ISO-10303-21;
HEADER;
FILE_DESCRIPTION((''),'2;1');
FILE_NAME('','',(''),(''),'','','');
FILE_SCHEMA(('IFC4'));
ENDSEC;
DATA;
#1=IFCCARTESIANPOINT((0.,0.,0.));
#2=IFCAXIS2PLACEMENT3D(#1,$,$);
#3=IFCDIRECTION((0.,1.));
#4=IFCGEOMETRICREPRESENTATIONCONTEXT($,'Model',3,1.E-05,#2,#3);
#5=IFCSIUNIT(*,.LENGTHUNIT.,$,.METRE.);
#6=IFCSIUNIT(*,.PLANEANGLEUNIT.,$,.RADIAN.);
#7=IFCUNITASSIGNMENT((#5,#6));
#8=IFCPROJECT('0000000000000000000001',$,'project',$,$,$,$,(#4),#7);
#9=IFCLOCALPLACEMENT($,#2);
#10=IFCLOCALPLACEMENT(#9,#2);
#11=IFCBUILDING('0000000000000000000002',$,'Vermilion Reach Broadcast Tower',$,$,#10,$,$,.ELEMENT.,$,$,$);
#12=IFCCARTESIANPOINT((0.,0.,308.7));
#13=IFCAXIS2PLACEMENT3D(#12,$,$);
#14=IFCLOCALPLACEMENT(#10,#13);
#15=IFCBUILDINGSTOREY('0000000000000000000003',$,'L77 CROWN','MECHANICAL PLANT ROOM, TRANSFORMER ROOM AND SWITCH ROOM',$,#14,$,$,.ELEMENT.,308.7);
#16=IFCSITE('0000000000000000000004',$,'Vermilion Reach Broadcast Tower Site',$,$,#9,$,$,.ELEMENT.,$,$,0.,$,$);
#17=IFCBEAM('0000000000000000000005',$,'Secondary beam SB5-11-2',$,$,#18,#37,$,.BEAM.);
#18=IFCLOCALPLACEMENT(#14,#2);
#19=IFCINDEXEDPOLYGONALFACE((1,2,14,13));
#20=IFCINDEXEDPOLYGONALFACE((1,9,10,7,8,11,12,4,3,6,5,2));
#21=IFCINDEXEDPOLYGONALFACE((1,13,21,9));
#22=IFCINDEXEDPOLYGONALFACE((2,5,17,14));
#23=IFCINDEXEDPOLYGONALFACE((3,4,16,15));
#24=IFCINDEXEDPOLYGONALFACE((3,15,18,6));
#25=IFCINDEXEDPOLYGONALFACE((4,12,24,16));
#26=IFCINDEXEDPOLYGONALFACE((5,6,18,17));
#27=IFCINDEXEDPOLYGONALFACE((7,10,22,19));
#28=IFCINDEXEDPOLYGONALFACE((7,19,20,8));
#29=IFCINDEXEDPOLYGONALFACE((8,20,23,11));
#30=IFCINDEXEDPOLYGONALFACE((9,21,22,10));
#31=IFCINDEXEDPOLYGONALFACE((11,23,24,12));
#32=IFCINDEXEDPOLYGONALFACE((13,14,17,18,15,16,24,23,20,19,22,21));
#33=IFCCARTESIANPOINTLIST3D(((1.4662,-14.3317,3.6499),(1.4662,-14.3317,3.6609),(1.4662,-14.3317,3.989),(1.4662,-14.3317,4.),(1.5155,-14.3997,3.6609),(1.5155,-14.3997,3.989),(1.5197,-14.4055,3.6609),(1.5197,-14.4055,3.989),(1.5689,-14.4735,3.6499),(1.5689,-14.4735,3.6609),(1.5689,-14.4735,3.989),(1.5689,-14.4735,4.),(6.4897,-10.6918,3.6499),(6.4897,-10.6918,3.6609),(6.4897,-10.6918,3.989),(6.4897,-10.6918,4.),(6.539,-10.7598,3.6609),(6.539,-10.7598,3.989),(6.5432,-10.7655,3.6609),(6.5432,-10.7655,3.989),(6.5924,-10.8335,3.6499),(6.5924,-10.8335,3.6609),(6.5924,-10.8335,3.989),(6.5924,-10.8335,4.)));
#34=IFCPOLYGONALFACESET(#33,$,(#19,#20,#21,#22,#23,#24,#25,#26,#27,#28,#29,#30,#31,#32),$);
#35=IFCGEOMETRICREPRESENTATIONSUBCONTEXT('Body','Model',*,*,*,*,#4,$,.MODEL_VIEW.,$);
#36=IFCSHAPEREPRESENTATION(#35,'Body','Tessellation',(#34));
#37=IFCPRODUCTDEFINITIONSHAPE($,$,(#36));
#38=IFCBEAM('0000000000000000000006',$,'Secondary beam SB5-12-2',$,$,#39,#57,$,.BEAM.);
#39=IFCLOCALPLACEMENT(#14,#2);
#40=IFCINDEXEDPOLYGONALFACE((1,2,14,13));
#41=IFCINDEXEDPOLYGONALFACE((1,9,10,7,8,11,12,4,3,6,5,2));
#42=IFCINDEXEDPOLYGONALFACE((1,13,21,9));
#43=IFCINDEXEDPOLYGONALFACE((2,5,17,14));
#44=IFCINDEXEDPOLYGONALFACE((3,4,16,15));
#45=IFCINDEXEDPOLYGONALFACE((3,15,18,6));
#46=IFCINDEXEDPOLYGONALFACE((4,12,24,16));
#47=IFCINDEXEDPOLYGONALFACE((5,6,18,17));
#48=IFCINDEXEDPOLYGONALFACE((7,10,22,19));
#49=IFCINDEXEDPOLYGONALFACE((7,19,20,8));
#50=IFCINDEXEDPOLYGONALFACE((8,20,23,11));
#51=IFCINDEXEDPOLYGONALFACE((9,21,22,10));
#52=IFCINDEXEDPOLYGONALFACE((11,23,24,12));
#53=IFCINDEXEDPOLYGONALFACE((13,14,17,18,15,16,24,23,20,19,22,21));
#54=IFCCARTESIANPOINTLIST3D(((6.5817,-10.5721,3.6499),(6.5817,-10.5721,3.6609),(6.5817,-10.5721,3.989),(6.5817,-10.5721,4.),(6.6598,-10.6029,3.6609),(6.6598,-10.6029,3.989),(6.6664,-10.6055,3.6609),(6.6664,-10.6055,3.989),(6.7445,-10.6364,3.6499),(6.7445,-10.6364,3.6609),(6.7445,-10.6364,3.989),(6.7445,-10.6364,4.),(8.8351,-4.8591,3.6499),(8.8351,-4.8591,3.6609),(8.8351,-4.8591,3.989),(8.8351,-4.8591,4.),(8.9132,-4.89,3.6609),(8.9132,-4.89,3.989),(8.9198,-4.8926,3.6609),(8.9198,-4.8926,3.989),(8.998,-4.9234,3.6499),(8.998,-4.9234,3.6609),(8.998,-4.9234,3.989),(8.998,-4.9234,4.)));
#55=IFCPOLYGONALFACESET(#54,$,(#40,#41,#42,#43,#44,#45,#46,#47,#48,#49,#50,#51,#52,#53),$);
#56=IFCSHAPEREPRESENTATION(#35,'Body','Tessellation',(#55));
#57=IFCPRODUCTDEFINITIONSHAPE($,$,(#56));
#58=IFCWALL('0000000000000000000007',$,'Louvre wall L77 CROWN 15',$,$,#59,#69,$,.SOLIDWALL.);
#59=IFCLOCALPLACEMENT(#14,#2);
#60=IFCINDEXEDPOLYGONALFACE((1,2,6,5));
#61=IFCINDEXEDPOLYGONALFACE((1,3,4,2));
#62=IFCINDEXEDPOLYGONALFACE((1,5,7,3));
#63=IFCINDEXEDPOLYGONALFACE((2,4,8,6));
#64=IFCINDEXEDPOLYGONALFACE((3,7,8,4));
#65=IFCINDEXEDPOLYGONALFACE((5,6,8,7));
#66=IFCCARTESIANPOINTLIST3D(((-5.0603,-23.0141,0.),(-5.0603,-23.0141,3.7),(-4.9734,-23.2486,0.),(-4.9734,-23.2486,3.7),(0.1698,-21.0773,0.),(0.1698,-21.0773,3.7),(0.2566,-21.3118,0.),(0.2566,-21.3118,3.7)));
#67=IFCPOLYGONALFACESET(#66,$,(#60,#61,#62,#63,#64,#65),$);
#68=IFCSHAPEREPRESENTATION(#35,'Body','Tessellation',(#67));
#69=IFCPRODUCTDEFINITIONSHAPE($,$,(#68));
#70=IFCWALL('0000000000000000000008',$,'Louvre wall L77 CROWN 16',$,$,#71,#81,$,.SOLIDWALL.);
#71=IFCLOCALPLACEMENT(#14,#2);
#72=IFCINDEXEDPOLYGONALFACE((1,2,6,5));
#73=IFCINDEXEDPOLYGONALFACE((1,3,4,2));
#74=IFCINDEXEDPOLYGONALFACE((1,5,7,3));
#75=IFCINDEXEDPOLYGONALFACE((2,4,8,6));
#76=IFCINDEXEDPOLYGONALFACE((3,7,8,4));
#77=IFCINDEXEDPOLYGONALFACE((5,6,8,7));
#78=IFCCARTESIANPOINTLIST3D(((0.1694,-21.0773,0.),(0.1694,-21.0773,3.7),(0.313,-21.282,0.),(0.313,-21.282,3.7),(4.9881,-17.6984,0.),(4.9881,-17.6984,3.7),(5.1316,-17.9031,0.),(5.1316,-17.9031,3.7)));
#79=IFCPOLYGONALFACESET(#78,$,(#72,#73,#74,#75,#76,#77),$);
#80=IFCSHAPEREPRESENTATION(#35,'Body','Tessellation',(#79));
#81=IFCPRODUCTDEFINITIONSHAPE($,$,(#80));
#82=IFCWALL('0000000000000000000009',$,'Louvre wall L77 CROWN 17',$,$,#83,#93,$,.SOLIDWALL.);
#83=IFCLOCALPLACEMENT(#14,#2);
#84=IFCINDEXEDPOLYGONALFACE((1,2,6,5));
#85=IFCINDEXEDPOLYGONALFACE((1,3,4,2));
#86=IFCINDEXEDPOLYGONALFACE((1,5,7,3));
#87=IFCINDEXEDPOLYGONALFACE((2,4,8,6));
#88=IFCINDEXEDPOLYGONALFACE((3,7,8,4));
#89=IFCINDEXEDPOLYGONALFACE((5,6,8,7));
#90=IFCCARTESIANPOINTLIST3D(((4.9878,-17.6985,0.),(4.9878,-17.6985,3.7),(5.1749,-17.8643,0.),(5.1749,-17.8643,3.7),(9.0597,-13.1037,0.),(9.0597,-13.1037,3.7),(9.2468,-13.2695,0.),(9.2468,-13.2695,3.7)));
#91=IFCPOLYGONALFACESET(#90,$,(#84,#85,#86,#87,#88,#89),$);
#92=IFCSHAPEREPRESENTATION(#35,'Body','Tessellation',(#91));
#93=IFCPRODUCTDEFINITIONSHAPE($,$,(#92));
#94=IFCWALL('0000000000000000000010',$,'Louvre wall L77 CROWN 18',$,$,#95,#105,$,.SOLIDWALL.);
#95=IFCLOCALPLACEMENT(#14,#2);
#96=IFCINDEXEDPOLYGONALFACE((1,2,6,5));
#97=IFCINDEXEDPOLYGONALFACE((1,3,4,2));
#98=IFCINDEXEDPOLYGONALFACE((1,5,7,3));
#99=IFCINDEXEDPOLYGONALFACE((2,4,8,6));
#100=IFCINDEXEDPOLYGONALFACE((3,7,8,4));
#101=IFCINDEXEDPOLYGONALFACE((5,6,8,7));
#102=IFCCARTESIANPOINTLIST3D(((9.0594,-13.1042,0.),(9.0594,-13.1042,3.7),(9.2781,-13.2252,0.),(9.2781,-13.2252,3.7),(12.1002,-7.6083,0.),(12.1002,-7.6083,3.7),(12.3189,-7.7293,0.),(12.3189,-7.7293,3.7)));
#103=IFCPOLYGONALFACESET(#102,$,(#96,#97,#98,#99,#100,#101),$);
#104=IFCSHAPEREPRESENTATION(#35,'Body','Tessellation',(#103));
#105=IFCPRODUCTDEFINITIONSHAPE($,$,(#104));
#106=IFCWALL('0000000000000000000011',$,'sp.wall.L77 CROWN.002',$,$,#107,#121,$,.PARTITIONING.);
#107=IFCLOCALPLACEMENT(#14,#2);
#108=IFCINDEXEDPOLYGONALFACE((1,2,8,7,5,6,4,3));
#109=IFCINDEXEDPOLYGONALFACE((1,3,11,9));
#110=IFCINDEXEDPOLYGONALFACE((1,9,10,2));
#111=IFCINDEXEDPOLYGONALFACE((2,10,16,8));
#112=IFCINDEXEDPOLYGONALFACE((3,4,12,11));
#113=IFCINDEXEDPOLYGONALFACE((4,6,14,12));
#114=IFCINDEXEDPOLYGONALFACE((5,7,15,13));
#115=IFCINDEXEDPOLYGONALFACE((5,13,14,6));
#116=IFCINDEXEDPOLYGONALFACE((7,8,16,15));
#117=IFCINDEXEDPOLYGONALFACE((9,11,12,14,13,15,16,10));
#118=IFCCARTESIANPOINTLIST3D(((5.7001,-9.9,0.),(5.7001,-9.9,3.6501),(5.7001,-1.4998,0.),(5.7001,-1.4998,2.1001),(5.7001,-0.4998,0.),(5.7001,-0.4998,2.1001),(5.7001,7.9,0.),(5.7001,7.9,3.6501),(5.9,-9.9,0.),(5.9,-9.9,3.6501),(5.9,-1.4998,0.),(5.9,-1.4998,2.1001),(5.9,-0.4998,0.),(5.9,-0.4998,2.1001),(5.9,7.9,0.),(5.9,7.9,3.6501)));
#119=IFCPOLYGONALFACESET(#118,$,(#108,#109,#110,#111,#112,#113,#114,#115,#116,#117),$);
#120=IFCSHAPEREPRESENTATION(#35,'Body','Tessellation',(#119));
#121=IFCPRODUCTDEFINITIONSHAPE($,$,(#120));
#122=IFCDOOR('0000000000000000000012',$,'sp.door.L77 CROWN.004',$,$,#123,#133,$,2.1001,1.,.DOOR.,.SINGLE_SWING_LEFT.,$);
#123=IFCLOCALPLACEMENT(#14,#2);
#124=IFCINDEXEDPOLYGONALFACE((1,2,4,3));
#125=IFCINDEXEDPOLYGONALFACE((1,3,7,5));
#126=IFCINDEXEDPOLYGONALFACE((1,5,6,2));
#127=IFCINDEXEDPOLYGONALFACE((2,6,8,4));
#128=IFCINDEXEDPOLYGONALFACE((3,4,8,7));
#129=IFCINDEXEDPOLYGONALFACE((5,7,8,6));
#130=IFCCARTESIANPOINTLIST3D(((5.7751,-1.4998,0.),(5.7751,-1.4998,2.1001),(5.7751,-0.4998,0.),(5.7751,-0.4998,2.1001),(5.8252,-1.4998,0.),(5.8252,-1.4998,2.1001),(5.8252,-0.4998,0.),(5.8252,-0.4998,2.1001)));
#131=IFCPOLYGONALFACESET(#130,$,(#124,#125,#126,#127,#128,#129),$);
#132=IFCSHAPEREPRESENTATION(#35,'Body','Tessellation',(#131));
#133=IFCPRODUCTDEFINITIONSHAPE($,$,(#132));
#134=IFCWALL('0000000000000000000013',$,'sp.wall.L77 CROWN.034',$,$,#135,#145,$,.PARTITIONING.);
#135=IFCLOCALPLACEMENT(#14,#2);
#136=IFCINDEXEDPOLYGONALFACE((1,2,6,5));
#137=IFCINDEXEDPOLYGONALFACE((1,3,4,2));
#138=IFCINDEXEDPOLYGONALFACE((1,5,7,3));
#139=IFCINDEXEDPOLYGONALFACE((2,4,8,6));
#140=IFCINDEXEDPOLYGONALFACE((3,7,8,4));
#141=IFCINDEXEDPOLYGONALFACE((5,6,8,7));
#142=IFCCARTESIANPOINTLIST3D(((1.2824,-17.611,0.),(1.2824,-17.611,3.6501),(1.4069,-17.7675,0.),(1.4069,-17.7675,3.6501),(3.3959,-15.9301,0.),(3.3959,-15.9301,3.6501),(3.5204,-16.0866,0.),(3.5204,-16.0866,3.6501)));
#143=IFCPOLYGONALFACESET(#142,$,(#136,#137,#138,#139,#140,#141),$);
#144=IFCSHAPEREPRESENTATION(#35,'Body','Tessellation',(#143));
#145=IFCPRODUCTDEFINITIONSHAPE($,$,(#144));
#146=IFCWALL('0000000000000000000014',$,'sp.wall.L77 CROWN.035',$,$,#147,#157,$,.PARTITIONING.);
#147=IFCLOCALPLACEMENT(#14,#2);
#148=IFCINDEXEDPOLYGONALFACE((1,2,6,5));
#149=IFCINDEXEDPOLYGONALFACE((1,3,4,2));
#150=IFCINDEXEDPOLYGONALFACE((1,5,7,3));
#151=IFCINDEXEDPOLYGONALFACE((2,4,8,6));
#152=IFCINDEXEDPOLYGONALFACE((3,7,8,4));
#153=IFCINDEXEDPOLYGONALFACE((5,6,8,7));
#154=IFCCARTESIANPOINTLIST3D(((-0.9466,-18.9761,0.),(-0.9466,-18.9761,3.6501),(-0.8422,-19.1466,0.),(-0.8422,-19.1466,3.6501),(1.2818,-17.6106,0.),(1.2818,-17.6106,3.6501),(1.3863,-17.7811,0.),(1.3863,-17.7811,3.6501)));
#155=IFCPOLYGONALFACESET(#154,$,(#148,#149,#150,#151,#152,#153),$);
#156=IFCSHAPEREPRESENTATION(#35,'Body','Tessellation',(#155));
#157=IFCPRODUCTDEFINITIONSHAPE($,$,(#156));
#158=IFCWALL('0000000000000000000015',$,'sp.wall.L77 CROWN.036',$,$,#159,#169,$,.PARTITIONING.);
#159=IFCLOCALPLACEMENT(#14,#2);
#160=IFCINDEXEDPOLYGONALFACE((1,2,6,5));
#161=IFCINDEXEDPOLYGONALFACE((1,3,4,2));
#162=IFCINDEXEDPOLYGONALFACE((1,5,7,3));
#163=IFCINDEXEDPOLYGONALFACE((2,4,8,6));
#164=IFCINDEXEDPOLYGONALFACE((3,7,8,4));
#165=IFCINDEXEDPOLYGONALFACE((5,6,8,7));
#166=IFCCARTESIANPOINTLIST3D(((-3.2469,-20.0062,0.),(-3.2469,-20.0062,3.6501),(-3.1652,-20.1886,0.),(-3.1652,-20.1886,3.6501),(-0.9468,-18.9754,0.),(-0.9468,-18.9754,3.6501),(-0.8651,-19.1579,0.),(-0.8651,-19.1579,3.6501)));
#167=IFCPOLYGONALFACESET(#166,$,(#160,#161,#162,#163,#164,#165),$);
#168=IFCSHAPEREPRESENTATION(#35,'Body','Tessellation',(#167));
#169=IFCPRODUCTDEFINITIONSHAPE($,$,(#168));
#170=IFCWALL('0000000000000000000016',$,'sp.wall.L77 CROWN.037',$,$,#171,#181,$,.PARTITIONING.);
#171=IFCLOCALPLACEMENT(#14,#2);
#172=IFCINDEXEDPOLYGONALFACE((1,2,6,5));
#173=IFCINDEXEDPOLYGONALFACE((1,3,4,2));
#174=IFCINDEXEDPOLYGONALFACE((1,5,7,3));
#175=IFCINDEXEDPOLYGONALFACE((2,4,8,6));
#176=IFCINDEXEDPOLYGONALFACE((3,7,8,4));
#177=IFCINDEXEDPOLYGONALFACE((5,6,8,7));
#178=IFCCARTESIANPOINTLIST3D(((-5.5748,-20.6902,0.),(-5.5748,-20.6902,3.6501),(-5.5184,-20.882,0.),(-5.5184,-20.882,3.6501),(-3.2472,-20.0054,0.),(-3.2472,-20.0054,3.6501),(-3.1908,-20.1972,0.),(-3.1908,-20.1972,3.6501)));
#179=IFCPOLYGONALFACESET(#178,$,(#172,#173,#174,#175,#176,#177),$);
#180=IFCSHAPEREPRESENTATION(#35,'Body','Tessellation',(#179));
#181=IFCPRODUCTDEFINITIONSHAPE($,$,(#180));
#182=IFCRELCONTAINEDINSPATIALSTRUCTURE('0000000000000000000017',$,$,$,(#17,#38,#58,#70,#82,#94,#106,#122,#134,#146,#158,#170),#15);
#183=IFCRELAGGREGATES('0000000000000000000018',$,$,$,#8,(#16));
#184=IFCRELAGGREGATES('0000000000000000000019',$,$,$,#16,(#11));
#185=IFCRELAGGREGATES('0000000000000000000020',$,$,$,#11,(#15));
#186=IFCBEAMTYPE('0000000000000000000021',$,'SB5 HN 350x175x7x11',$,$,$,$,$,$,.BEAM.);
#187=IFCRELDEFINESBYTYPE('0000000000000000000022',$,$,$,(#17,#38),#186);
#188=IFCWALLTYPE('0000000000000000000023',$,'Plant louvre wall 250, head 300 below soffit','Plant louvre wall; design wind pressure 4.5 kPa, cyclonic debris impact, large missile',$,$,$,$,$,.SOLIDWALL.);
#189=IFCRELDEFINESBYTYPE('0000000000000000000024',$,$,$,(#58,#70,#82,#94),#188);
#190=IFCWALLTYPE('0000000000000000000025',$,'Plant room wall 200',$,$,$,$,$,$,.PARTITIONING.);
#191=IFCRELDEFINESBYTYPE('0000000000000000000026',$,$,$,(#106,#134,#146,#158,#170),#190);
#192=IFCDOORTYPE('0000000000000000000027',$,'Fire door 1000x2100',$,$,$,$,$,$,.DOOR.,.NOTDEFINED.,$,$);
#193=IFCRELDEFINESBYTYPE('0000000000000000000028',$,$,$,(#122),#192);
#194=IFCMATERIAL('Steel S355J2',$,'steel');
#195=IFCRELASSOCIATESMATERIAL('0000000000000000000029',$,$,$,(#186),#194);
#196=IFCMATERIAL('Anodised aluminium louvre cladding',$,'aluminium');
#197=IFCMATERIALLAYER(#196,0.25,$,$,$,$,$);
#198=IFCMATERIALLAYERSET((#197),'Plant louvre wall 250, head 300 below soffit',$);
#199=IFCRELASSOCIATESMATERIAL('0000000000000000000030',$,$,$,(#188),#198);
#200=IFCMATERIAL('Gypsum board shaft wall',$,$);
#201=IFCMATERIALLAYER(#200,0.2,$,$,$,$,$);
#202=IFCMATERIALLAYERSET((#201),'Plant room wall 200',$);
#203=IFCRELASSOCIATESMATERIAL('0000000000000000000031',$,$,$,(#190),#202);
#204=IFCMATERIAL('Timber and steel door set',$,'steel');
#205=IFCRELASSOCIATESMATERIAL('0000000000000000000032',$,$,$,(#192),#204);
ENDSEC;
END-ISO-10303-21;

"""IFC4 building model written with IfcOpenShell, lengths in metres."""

from ifc_helpers import new_model, si_unit, direction, frame, frame_2d, origin, origin_2d, place, context, subcontext, project, spatial, rectangle, i_section, extrude, material, layer, layer_set, material_profile, profile_set, type_object, element, fill, save


model = new_model("IFC4")

# Units and contexts
model_context = context("Model", 3, precision=1e-05, world=origin(), true_north=direction((0.0, 1.0)))
body_context = subcontext(model_context, "Body", "Model", "MODEL_VIEW")
ifc_project = project(units=[si_unit("LENGTHUNIT", "METRE"), si_unit("PLANEANGLEUNIT", "RADIAN")], contexts=[model_context])

# Site, building, storey
site_placement = place(None, origin())
site = spatial("IfcSite", under=ifc_project, at=site_placement, Name="Vermilion Reach Broadcast Tower Site", CompositionType="ELEMENT", RefElevation=0.0)
building_placement = place(site_placement, origin())
building = spatial("IfcBuilding", under=site, at=building_placement, Name="Vermilion Reach Broadcast Tower", CompositionType="ELEMENT")
storey_placement = place(building_placement, frame((0.0, 0.0, 308.7)))
storey = spatial("IfcBuildingStorey", under=building, at=storey_placement, Name="L77 CROWN", Description="MECHANICAL PLANT ROOM, TRANSFORMER ROOM AND SWITCH ROOM", CompositionType="ELEMENT", Elevation=308.7)

# Beams
ifc_material_1 = material(Name="Steel S355J2", Category="steel")
ifc_material_profile_1 = material_profile(ifc_material_1, i_section(OverallWidth=0.175, OverallDepth=0.3501, WebThickness=0.0071, FlangeThickness=0.011, at=origin_2d()), Name="S355J2 HN 350x175x7x11")
ifc_profile_set_1 = profile_set([ifc_material_profile_1], Name="Steel S355J2")
beam_type_1 = type_object("IfcBeamType", Name="SB5 HN 350x175x7x11", PredefinedType="BEAM", material=ifc_profile_set_1)
beam_1_placement = place(storey_placement, frame((1.5176, -14.4026, 3.825), z_axis=(0.809771, 0.586746, 0.0), x_axis=(-0.586746, 0.809771, 0.0)))
element("IfcBeam", 1, at=beam_1_placement, inside=storey, type_object=beam_type_1, Name="Secondary beam SB5-11-2", PredefinedType="BEAM", context=body_context, shape_type="SweptSolid", body=[
    extrude(i_section(OverallWidth=0.175, OverallDepth=0.3501, WebThickness=0.0071, FlangeThickness=0.011, at=origin_2d()), origin(), (0.0, 0.0, 1.0), 6.2036),
])
beam_2_placement = place(storey_placement, frame((6.6631, -10.6042, 3.825), z_axis=(0.366931, 0.930248, 0.0), x_axis=(-0.930248, 0.366931, 0.0)))
element("IfcBeam", 2, at=beam_2_placement, inside=storey, type_object=beam_type_1, Name="Secondary beam SB5-12-2", PredefinedType="BEAM", context=body_context, shape_type="SweptSolid", body=[
    extrude(i_section(OverallWidth=0.175, OverallDepth=0.3501, WebThickness=0.0071, FlangeThickness=0.011, at=origin_2d()), origin(), (0.0, 0.0, 1.0), 6.1414),
])

# Walls
ifc_material_2 = material(Name="Anodised aluminium louvre cladding", Category="aluminium")
ifc_layer_1 = layer(ifc_material_2, 0.25)
ifc_layer_set_1 = layer_set([ifc_layer_1], Name="Plant louvre wall 250, head 300 below soffit")
wall_type_1 = type_object("IfcWallType", Name="Plant louvre wall 250, head 300 below soffit", Description="Plant louvre wall; design wind pressure 4.5 kPa, cyclonic debris impact, large missile", PredefinedType="SOLIDWALL", material=ifc_layer_set_1)
wall_1_placement = place(storey_placement, frame((-5.0168, -23.1313, 0.0), z_axis=(0.0, 0.0, 1.0), x_axis=(0.937764, 0.347273, 0.0)))
element("IfcWall", 3, at=wall_1_placement, inside=storey, type_object=wall_type_1, Name="Louvre wall L77 CROWN 15", PredefinedType="SOLIDWALL", context=body_context, shape_type="SweptSolid", body=[
    extrude(rectangle(XDim=5.5771, YDim=0.25, at=frame_2d((2.7886, 0.0))), origin(), (0.0, 0.0, 1.0), 3.7),
])
wall_2_placement = place(storey_placement, frame((0.2412, -21.1797, 0.0), z_axis=(0.0, 0.0, 1.0), x_axis=(0.818762, 0.574133, 0.0)))
element("IfcWall", 4, at=wall_2_placement, inside=storey, type_object=wall_type_1, Name="Louvre wall L77 CROWN 16", PredefinedType="SOLIDWALL", context=body_context, shape_type="SweptSolid", body=[
    extrude(rectangle(XDim=5.8853, YDim=0.25, at=frame_2d((2.9426, 0.0))), origin(), (0.0, 0.0, 1.0), 3.7),
])
wall_3_placement = place(storey_placement, frame((5.0813, -17.7815, 0.0), z_axis=(0.0, 0.0, 1.0), x_axis=(0.663233, 0.748413, 0.0)))
element("IfcWall", 5, at=wall_3_placement, inside=storey, type_object=wall_type_1, Name="Louvre wall L77 CROWN 17", PredefinedType="SOLIDWALL", context=body_context, shape_type="SweptSolid", body=[
    extrude(rectangle(XDim=6.1394, YDim=0.25, at=frame_2d((3.0698, 0.0))), origin(), (0.0, 0.0, 1.0), 3.7),
])
wall_4_placement = place(storey_placement, frame((9.1687, -13.1648, 0.0), z_axis=(0.0, 0.0, 1.0), x_axis=(0.484124, 0.874999, 0.0)))
element("IfcWall", 6, at=wall_4_placement, inside=storey, type_object=wall_type_1, Name="Louvre wall L77 CROWN 18", PredefinedType="SOLIDWALL", context=body_context, shape_type="SweptSolid", body=[
    extrude(rectangle(XDim=6.281, YDim=0.25, at=frame_2d((3.1406, 0.0))), origin(), (0.0, 0.0, 1.0), 3.7),
])

# Wall, opening, door
ifc_material_3 = material(Name="Gypsum board shaft wall")
ifc_layer_2 = layer(ifc_material_3, 0.2)
ifc_layer_set_2 = layer_set([ifc_layer_2], Name="Plant room wall 200")
wall_type_2 = type_object("IfcWallType", Name="Plant room wall 200", PredefinedType="PARTITIONING", material=ifc_layer_set_2)
wall_5_placement = place(storey_placement, frame((5.8, -9.8999, 0.0), z_axis=(0.0, 0.0, 1.0), x_axis=(0.0, 1.0, 0.0)))
wall_5 = element("IfcWall", 7, at=wall_5_placement, inside=storey, type_object=wall_type_2, Name="sp.wall.L77 CROWN.002", PredefinedType="PARTITIONING", context=body_context, shape_type="SweptSolid", body=[
    extrude(rectangle(XDim=17.8, YDim=0.2, at=frame_2d((8.8999, 0.0))), origin(), (0.0, 0.0, 1.0), 3.6501),
])
opening_1_placement = place(wall_5_placement, frame((8.4001, 0.0, 0.0)))
opening_1 = element("IfcOpeningElement", 8, at=opening_1_placement, cuts=wall_5, PredefinedType="OPENING", context=body_context, shape_type="SweptSolid", body=[
    extrude(rectangle(XDim=1.0, YDim=2.1001, at=frame_2d((0.5, 1.05))), frame((0.0, 0.1099, 0.0), z_axis=(0.0, -1.0, 0.0), x_axis=(1.0, 0.0, 0.0)), (0.0, 0.0, 1.0), 0.22),
])
ifc_material_4 = material(Name="Timber and steel door set", Category="steel")
door_type_1 = type_object("IfcDoorType", Name="Fire door 1000x2100", OperationType="NOTDEFINED", PredefinedType="DOOR", material=ifc_material_4)
door_1_placement = place(opening_1_placement, origin())
door_1 = element("IfcDoor", 9, at=door_1_placement, inside=storey, type_object=door_type_1, Name="sp.door.L77 CROWN.004", OperationType="SINGLE_SWING_LEFT", OverallHeight=2.1001, OverallWidth=1.0, PredefinedType="DOOR", context=body_context, shape_type="SweptSolid", body=[
    extrude(rectangle(XDim=1.0, YDim=2.1001, at=frame_2d((0.5, 1.05))), frame((0.0, 0.0249, 0.0), z_axis=(0.0, -1.0, 0.0), x_axis=(1.0, 0.0, 0.0)), (0.0, 0.0, 1.0), 0.05),
])
fill(opening_1, door_1)

# Walls
wall_6_placement = place(storey_placement, frame((1.3447, -17.6892, 0.0), z_axis=(0.0, 0.0, 1.0), x_axis=(0.782656, 0.622454, 0.0)))
element("IfcWall", 10, at=wall_6_placement, inside=storey, type_object=wall_type_2, Name="sp.wall.L77 CROWN.034", PredefinedType="PARTITIONING", context=body_context, shape_type="SweptSolid", body=[
    extrude(rectangle(XDim=2.7004, YDim=0.2, at=frame_2d((1.3501, 0.0))), origin(), (0.0, 0.0, 1.0), 3.6501),
])
wall_7_placement = place(storey_placement, frame((-0.8943, -19.0613, 0.0), z_axis=(0.0, 0.0, 1.0), x_axis=(0.852667, 0.522455, 0.0)))
element("IfcWall", 11, at=wall_7_placement, inside=storey, type_object=wall_type_2, Name="sp.wall.L77 CROWN.035", PredefinedType="PARTITIONING", context=body_context, shape_type="SweptSolid", body=[
    extrude(rectangle(XDim=2.6135, YDim=0.2, at=frame_2d((1.3066, 0.0))), origin(), (0.0, 0.0, 1.0), 3.6501),
])
wall_8_placement = place(storey_placement, frame((-3.2061, -20.0974, 0.0), z_axis=(0.0, 0.0, 1.0), x_axis=(0.912553, 0.408959, 0.0)))
element("IfcWall", 12, at=wall_8_placement, inside=storey, type_object=wall_type_2, Name="sp.wall.L77 CROWN.036", PredefinedType="PARTITIONING", context=body_context, shape_type="SweptSolid", body=[
    extrude(rectangle(XDim=2.5205, YDim=0.2, at=frame_2d((1.2603, 0.0))), origin(), (0.0, 0.0, 1.0), 3.6501),
])
wall_9_placement = place(storey_placement, frame((-5.5466, -20.7861, 0.0), z_axis=(0.0, 0.0, 1.0), x_axis=(0.959341, 0.282248, 0.0)))
element("IfcWall", 13, at=wall_9_placement, inside=storey, type_object=wall_type_2, Name="sp.wall.L77 CROWN.037", PredefinedType="PARTITIONING", context=body_context, shape_type="SweptSolid", body=[
    extrude(rectangle(XDim=2.4263, YDim=0.2, at=frame_2d((1.2131, 0.0))), origin(), (0.0, 0.0, 1.0), 3.6501),
])

save(model, "model.ifc")
